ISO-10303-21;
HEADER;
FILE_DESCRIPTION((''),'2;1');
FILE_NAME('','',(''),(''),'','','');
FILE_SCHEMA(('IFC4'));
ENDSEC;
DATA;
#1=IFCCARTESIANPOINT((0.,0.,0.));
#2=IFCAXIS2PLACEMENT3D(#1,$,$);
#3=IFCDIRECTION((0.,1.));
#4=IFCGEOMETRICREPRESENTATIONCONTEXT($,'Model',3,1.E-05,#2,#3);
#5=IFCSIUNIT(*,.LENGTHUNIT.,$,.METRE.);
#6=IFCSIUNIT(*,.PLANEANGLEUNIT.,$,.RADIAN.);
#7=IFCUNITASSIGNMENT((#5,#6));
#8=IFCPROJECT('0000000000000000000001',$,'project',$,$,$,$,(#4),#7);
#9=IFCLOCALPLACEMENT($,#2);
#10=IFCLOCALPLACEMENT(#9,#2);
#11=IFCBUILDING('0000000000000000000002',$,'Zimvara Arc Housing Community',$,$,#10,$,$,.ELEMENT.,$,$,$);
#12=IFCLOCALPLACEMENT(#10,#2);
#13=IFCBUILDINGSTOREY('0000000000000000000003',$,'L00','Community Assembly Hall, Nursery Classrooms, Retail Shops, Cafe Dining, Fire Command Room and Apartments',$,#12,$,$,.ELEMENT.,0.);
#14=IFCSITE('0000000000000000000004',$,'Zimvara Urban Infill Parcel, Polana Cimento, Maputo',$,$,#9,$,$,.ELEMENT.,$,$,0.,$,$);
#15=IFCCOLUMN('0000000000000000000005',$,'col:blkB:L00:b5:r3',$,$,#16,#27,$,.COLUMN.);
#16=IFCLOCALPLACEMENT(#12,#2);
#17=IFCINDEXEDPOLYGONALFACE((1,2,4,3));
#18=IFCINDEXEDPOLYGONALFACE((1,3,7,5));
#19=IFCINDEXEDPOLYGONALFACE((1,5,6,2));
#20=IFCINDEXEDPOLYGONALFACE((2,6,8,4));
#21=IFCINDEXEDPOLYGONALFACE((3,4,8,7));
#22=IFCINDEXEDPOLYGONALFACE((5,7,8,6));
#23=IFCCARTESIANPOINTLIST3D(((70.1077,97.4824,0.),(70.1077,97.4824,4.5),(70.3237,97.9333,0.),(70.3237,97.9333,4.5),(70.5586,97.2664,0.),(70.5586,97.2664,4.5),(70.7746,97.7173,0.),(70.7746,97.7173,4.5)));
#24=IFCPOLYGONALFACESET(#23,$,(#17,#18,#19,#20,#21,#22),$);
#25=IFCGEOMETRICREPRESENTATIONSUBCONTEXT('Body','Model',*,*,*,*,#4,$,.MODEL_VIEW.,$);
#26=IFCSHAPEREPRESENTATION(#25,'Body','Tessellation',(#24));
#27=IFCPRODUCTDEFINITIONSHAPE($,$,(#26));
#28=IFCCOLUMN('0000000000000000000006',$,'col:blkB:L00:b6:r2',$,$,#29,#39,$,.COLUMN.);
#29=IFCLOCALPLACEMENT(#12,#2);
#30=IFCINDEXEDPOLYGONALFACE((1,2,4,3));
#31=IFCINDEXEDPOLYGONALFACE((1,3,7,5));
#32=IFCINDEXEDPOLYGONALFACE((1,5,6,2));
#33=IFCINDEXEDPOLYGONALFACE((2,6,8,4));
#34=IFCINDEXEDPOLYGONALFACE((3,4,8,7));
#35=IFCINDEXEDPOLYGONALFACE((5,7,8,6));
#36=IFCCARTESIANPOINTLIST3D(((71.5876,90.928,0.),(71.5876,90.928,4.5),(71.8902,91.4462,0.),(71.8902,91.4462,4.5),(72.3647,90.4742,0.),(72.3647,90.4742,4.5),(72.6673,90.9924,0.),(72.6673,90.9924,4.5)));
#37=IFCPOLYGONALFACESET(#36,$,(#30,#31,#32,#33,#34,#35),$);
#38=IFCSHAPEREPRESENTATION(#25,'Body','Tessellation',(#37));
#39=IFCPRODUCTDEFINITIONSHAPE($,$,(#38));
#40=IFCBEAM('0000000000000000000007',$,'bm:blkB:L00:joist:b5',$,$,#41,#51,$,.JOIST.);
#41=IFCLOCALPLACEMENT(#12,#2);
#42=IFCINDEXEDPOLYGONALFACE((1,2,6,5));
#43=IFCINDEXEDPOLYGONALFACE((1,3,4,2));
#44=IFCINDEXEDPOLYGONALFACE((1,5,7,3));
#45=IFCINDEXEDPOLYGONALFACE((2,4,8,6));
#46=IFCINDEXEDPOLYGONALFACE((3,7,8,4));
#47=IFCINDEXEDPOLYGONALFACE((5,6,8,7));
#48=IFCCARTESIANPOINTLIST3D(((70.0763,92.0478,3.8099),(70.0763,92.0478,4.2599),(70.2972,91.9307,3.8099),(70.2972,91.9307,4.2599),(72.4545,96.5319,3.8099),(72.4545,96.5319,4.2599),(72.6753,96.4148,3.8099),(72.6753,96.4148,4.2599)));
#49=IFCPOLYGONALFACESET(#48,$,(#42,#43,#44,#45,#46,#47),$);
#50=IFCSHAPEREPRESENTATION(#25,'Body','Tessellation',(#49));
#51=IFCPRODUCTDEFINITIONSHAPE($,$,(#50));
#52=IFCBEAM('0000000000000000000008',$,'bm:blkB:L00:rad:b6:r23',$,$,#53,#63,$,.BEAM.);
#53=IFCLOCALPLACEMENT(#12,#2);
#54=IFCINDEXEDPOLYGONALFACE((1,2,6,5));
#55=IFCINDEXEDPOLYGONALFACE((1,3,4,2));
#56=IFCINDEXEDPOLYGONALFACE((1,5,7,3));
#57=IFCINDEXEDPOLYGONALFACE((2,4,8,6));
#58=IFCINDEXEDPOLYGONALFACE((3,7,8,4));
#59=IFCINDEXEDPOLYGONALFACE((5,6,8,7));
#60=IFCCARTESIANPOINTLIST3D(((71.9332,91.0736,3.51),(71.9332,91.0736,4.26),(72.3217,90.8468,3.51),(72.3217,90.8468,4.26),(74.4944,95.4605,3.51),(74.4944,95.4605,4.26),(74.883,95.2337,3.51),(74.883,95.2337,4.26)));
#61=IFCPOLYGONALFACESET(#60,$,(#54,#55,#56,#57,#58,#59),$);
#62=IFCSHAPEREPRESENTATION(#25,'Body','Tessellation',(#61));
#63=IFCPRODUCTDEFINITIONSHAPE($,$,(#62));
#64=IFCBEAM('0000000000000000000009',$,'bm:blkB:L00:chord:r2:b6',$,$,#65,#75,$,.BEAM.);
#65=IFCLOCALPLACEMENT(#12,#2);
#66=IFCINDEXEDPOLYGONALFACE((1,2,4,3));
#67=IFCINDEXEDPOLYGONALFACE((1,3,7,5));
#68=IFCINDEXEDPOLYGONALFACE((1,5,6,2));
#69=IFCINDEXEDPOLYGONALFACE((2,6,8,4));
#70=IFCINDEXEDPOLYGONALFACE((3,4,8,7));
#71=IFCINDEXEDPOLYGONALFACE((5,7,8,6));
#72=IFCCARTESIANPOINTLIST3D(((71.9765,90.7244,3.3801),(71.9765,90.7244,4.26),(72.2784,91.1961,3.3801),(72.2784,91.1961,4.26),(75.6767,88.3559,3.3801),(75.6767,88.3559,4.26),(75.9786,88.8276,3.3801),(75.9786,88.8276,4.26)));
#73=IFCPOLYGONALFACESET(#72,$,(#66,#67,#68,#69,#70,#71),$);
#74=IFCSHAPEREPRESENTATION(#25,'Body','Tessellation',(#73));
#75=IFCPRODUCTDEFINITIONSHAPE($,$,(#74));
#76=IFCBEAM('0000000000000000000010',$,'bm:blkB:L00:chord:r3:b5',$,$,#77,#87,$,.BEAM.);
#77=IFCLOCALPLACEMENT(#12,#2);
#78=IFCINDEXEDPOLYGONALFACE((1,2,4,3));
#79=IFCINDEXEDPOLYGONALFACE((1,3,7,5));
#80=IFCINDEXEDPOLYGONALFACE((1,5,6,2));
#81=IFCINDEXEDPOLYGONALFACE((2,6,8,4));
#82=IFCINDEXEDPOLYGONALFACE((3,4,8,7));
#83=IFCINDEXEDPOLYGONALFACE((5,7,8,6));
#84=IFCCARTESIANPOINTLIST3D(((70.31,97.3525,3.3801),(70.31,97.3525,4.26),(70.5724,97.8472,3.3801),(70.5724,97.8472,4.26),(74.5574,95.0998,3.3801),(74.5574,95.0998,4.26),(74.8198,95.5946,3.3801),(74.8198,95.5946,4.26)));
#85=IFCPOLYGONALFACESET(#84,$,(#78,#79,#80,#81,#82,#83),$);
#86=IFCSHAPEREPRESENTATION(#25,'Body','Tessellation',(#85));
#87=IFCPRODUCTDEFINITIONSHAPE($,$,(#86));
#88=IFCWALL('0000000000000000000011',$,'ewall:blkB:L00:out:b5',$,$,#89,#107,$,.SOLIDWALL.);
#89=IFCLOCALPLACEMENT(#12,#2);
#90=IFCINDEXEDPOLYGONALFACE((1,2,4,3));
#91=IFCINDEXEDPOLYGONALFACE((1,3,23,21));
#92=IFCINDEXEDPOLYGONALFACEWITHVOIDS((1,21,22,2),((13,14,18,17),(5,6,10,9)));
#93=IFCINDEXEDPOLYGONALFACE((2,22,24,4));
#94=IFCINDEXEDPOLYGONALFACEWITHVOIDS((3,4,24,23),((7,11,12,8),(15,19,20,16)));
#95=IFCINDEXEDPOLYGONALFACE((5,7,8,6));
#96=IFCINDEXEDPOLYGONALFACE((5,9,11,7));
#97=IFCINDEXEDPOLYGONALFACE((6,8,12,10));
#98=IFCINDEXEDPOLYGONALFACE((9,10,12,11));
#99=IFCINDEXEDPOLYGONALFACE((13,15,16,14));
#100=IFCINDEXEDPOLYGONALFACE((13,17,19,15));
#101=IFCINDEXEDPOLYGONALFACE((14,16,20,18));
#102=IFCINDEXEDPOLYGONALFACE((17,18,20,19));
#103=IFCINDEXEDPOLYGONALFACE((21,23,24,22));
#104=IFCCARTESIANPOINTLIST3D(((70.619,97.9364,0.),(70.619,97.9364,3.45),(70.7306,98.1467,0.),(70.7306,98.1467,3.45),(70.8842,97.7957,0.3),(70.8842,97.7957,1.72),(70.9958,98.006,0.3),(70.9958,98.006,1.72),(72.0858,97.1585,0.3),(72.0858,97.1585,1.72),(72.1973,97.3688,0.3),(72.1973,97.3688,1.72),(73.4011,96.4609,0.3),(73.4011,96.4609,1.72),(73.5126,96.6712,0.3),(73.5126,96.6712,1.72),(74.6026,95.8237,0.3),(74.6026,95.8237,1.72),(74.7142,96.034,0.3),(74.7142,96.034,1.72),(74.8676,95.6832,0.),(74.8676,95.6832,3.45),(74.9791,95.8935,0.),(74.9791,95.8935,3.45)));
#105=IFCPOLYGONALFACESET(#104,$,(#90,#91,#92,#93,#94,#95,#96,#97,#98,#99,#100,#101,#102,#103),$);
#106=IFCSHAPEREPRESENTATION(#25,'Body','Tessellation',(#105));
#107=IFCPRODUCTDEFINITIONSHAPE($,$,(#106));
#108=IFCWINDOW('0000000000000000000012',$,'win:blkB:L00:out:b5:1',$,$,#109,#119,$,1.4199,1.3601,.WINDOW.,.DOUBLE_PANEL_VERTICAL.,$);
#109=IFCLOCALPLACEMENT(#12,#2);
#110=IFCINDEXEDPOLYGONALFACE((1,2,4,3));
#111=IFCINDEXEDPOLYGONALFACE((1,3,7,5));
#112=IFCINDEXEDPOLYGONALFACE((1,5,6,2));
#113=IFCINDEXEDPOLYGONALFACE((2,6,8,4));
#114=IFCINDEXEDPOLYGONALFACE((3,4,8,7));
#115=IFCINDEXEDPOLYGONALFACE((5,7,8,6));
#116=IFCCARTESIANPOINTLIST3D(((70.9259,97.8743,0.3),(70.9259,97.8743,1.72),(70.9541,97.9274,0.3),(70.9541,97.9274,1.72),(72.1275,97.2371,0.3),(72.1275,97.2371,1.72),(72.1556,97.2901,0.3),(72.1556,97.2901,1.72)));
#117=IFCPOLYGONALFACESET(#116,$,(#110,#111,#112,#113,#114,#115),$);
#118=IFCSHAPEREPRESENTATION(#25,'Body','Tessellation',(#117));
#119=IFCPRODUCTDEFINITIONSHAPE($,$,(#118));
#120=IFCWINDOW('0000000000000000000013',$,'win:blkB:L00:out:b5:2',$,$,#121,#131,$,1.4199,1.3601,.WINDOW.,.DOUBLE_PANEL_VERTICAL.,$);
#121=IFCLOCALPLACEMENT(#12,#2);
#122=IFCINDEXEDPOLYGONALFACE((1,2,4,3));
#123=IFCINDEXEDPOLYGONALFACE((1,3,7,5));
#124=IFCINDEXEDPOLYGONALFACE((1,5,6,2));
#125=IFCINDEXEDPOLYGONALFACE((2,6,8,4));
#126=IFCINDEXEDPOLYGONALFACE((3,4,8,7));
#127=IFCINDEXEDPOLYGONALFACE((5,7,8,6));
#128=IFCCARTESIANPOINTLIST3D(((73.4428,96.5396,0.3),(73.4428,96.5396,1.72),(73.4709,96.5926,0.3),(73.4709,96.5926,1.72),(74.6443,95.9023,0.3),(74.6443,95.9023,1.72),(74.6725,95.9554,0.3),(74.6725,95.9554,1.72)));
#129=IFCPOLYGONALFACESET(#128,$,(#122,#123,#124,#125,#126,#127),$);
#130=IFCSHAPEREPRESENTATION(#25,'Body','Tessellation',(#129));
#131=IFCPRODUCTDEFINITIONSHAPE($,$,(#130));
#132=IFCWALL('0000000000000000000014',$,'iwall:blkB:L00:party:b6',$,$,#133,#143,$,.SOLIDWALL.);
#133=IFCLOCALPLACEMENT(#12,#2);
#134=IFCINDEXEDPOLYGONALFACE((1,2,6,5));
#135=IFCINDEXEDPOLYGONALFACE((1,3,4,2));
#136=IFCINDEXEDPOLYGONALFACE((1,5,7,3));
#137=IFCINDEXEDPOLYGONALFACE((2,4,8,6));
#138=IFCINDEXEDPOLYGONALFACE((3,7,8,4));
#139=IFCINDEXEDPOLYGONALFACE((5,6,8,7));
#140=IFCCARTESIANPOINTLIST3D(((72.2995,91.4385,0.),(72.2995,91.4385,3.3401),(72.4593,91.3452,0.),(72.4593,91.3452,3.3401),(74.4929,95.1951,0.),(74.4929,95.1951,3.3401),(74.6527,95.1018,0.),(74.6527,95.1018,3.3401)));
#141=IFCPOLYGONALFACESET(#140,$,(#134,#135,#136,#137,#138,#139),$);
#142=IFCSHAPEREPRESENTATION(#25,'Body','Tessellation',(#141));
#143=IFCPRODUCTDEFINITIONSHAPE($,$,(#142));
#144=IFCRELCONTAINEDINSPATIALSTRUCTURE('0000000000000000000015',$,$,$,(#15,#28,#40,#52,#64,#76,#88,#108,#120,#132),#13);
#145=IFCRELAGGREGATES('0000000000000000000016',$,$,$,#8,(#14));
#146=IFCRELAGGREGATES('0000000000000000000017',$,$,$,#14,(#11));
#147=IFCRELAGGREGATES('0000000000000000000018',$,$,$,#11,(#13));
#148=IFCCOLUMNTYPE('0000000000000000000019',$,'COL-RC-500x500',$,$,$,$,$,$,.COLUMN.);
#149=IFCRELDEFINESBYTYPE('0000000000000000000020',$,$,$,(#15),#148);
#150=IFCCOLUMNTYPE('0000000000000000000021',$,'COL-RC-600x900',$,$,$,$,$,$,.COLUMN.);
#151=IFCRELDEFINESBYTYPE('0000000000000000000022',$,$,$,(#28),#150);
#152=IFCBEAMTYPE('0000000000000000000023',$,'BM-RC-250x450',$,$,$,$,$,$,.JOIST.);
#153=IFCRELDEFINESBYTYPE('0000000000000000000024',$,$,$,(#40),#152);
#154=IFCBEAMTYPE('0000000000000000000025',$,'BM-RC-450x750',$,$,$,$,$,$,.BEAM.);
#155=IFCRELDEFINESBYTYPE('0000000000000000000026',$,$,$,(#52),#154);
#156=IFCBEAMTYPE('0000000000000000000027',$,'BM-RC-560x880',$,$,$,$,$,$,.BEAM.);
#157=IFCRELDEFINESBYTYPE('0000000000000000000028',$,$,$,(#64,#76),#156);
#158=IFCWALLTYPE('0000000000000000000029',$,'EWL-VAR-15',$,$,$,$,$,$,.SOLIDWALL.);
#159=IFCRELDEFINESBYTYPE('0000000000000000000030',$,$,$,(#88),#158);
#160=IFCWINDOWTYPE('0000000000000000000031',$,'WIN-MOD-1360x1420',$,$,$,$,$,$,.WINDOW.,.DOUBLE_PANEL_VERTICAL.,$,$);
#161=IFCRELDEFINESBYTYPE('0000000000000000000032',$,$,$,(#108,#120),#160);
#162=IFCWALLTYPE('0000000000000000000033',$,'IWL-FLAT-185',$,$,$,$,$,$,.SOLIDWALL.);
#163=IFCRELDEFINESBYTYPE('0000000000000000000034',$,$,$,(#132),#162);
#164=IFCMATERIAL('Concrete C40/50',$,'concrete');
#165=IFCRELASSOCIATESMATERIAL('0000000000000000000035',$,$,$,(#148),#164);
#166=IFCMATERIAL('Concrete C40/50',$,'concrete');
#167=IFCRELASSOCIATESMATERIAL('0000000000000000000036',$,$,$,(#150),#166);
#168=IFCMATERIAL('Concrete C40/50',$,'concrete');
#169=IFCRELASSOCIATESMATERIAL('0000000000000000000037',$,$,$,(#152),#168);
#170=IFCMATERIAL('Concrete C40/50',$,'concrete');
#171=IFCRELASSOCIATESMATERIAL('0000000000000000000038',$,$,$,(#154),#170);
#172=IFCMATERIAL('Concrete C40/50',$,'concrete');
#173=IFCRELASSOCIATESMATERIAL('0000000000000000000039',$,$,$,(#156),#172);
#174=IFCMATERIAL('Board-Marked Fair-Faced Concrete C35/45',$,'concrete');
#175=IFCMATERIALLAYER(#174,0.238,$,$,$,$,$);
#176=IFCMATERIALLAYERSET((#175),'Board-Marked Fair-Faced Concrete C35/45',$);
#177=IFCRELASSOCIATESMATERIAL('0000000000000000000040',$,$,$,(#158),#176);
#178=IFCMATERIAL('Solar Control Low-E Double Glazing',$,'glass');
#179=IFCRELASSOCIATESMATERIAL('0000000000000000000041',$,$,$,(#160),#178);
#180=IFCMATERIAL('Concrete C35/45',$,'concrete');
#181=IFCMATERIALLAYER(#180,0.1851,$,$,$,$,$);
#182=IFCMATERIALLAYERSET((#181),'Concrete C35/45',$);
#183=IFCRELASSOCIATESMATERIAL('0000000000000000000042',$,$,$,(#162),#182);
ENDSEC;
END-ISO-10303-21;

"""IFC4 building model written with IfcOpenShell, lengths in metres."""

from ifc_helpers import new_model, si_unit, direction, frame, frame_2d, origin, origin_2d, place, context, subcontext, project, spatial, rectangle, extrude, material, layer, layer_set, material_profile, profile_set, type_object, element, fill, save


model = new_model("IFC4")

# Units and contexts
model_context = context("Model", 3, precision=1e-05, world=origin(), true_north=direction((0.0, 1.0)))
body_context = subcontext(model_context, "Body", "Model", "MODEL_VIEW")
ifc_project = project(units=[si_unit("LENGTHUNIT", "METRE"), si_unit("PLANEANGLEUNIT", "RADIAN")], contexts=[model_context])

# Site, building, storey
site_placement = place(None, origin())
site = spatial("IfcSite", under=ifc_project, at=site_placement, Name="Zimvara Urban Infill Parcel, Polana Cimento, Maputo", CompositionType="ELEMENT", RefElevation=0.0)
building_placement = place(site_placement, origin())
building = spatial("IfcBuilding", under=site, at=building_placement, Name="Zimvara Arc Housing Community", CompositionType="ELEMENT")
storey_placement = place(building_placement, origin())
storey = spatial("IfcBuildingStorey", under=building, at=storey_placement, Name="L00", Description="Community Assembly Hall, Nursery Classrooms, Retail Shops, Cafe Dining, Fire Command Room and Apartments", CompositionType="ELEMENT", Elevation=0.0)

# Columns
ifc_material_1 = material(Name="Concrete C40/50", Category="concrete")
ifc_material_profile_1 = material_profile(ifc_material_1, rectangle(XDim=0.5, YDim=0.5, at=origin_2d()), Name="RC 500x500")
ifc_profile_set_1 = profile_set([ifc_material_profile_1], Name="Concrete C40/50")
column_type_1 = type_object("IfcColumnType", Name="COL-RC-500x500", PredefinedType="COLUMN", material=ifc_profile_set_1)
column_1_placement = place(storey_placement, frame((70.4412, 97.5999, 0.0), z_axis=(0.0, 0.0, 1.0), x_axis=(0.432086, 0.901833, 0.0)))
element("IfcColumn", 1, at=column_1_placement, inside=storey, type_object=column_type_1, Name="col:blkB:L00:b5:r3", PredefinedType="COLUMN", context=body_context, shape_type="SweptSolid", body=[
    extrude(rectangle(XDim=0.5, YDim=0.5, at=origin_2d()), origin(), (0.0, 0.0, 1.0), 4.5),
])
ifc_material_2 = material(Name="Concrete C40/50", Category="concrete")
ifc_material_profile_2 = material_profile(ifc_material_2, rectangle(XDim=0.6001, YDim=0.8999, at=origin_2d()), Name="RC 600x900")
ifc_profile_set_2 = profile_set([ifc_material_profile_2], Name="Concrete C40/50")
column_type_2 = type_object("IfcColumnType", Name="COL-RC-600x900", PredefinedType="COLUMN", material=ifc_profile_set_2)
column_2_placement = place(storey_placement, frame((72.1274, 90.9602, 0.0), z_axis=(0.0, 0.0, 1.0), x_axis=(0.504226, 0.863572, 0.0)))
element("IfcColumn", 2, at=column_2_placement, inside=storey, type_object=column_type_2, Name="col:blkB:L00:b6:r2", PredefinedType="COLUMN", context=body_context, shape_type="SweptSolid", body=[
    extrude(rectangle(XDim=0.6001, YDim=0.8999, at=origin_2d()), origin(), (0.0, 0.0, 1.0), 4.5),
])

# Beams
ifc_material_3 = material(Name="Concrete C40/50", Category="concrete")
ifc_material_profile_3 = material_profile(ifc_material_3, rectangle(XDim=0.25, YDim=0.45, at=origin_2d()), Name="RC 250x450")
ifc_profile_set_3 = profile_set([ifc_material_profile_3], Name="Concrete C40/50")
beam_type_1 = type_object("IfcBeamType", Name="BM-RC-250x450", PredefinedType="JOIST", material=ifc_profile_set_3)
beam_1_placement = place(storey_placement, frame((70.1868, 91.9893, 4.0349), z_axis=(0.468537, 0.883444, 0.0), x_axis=(-0.883444, 0.468537, 0.0)))
element("IfcBeam", 3, at=beam_1_placement, inside=storey, type_object=beam_type_1, Name="bm:blkB:L00:joist:b5", PredefinedType="JOIST", context=body_context, shape_type="SweptSolid", body=[
    extrude(rectangle(XDim=0.25, YDim=0.45, at=origin_2d()), origin(), (0.0, 0.0, 1.0), 5.0757),
])
ifc_material_4 = material(Name="Concrete C40/50", Category="concrete")
ifc_material_profile_4 = material_profile(ifc_material_4, rectangle(XDim=0.45, YDim=0.75, at=origin_2d()), Name="RC 450x750")
ifc_profile_set_4 = profile_set([ifc_material_profile_4], Name="Concrete C40/50")
beam_type_2 = type_object("IfcBeamType", Name="BM-RC-450x750", PredefinedType="BEAM", material=ifc_profile_set_4)
beam_2_placement = place(storey_placement, frame((72.1274, 90.9602, 3.885), z_axis=(0.504197, 0.863589, 0.0), x_axis=(-0.863589, 0.504197, 0.0)))
element("IfcBeam", 4, at=beam_2_placement, inside=storey, type_object=beam_type_2, Name="bm:blkB:L00:rad:b6:r23", PredefinedType="BEAM", context=body_context, shape_type="SweptSolid", body=[
    extrude(rectangle(XDim=0.45, YDim=0.75, at=origin_2d()), origin(), (0.0, 0.0, 1.0), 5.0798),
])
ifc_material_5 = material(Name="Concrete C40/50", Category="concrete")
ifc_material_profile_5 = material_profile(ifc_material_5, rectangle(XDim=0.5601, YDim=0.8799, at=origin_2d()), Name="RC 560x880")
ifc_profile_set_5 = profile_set([ifc_material_profile_5], Name="Concrete C40/50")
beam_type_3 = type_object("IfcBeamType", Name="BM-RC-560x880", PredefinedType="BEAM", material=ifc_profile_set_5)
beam_3_placement = place(storey_placement, frame((72.1274, 90.9602, 3.8201), z_axis=(0.842242, -0.539099, 0.0), x_axis=(0.539099, 0.842242, 0.0)))
element("IfcBeam", 5, at=beam_3_placement, inside=storey, type_object=beam_type_3, Name="bm:blkB:L00:chord:r2:b6", PredefinedType="BEAM", context=body_context, shape_type="SweptSolid", body=[
    extrude(rectangle(XDim=0.5601, YDim=0.8799, at=origin_2d()), origin(), (0.0, 0.0, 1.0), 4.3933),
])
beam_4_placement = place(storey_placement, frame((70.4412, 97.5999, 3.8201), z_axis=(0.883446, -0.468534, 0.0), x_axis=(0.468534, 0.883446, 0.0)))
element("IfcBeam", 6, at=beam_4_placement, inside=storey, type_object=beam_type_3, Name="bm:blkB:L00:chord:r3:b5", PredefinedType="BEAM", context=body_context, shape_type="SweptSolid", body=[
    extrude(rectangle(XDim=0.5601, YDim=0.8799, at=origin_2d()), origin(), (0.0, 0.0, 1.0), 4.8079),
])

# Wall, openings, windows
ifc_material_6 = material(Name="Board-Marked Fair-Faced Concrete C35/45", Category="concrete")
ifc_layer_1 = layer(ifc_material_6, 0.238)
ifc_layer_set_1 = layer_set([ifc_layer_1], Name="Board-Marked Fair-Faced Concrete C35/45")
wall_type_1 = type_object("IfcWallType", Name="EWL-VAR-15", PredefinedType="SOLIDWALL", material=ifc_layer_set_1)
wall_1_placement = place(storey_placement, frame((70.6748, 98.0415, 0.0), z_axis=(0.0, 0.0, 1.0), x_axis=(0.883448, -0.468529, 0.0)))
wall_1 = element("IfcWall", 7, at=wall_1_placement, inside=storey, type_object=wall_type_1, Name="ewall:blkB:L00:out:b5", PredefinedType="SOLIDWALL", context=body_context, shape_type="SweptSolid", body=[
    extrude(rectangle(XDim=4.8091, YDim=0.238, at=frame_2d((2.4045, 0.0))), origin(), (0.0, 0.0, 1.0), 3.45),
])
opening_1_placement = place(wall_1_placement, frame((0.3, 0.0, 0.3)))
opening_1 = element("IfcOpeningElement", 8, at=opening_1_placement, cuts=wall_1, PredefinedType="OPENING", context=body_context, shape_type="SweptSolid", body=[
    extrude(rectangle(XDim=1.3601, YDim=1.4199, at=frame_2d((0.6802, 0.71))), frame((0.0, 0.1289, 0.0), z_axis=(0.0, -1.0, 0.0), x_axis=(1.0, 0.0, 0.0)), (0.0, 0.0, 1.0), 0.2581),
])
opening_2_placement = place(wall_1_placement, frame((3.1489, 0.0, 0.3)))
opening_2 = element("IfcOpeningElement", 9, at=opening_2_placement, cuts=wall_1, PredefinedType="OPENING", context=body_context, shape_type="SweptSolid", body=[
    extrude(rectangle(XDim=1.3601, YDim=1.4199, at=frame_2d((0.6802, 0.71))), frame((0.0, 0.1289, 0.0), z_axis=(0.0, -1.0, 0.0), x_axis=(1.0, 0.0, 0.0)), (0.0, 0.0, 1.0), 0.2581),
])
ifc_material_7 = material(Name="Solar Control Low-E Double Glazing", Category="glass")
window_type = type_object("IfcWindowType", Name="WIN-MOD-1360x1420", PartitioningType="DOUBLE_PANEL_VERTICAL", PredefinedType="WINDOW", material=ifc_material_7)
window_1_placement = place(opening_1_placement, origin())
window_1 = element("IfcWindow", 10, at=window_1_placement, inside=storey, type_object=window_type, Name="win:blkB:L00:out:b5:1", OverallHeight=1.4199, OverallWidth=1.3601, PartitioningType="DOUBLE_PANEL_VERTICAL", PredefinedType="WINDOW", context=body_context, shape_type="SweptSolid", body=[
    extrude(rectangle(XDim=1.3601, YDim=1.4199, at=frame_2d((0.6802, 0.71))), frame((0.0, 0.03, 0.0), z_axis=(0.0, -1.0, 0.0), x_axis=(1.0, 0.0, 0.0)), (0.0, 0.0, 1.0), 0.0601),
])
fill(opening_1, window_1)
window_2_placement = place(opening_2_placement, origin())
window_2 = element("IfcWindow", 11, at=window_2_placement, inside=storey, type_object=window_type, Name="win:blkB:L00:out:b5:2", OverallHeight=1.4199, OverallWidth=1.3601, PartitioningType="DOUBLE_PANEL_VERTICAL", PredefinedType="WINDOW", context=body_context, shape_type="SweptSolid", body=[
    extrude(rectangle(XDim=1.3601, YDim=1.4199, at=frame_2d((0.6802, 0.71))), frame((0.0, 0.03, 0.0), z_axis=(0.0, -1.0, 0.0), x_axis=(1.0, 0.0, 0.0)), (0.0, 0.0, 1.0), 0.0601),
])
fill(opening_2, window_2)

# Wall
ifc_material_8 = material(Name="Concrete C35/45", Category="concrete")
ifc_layer_2 = layer(ifc_material_8, 0.1851)
ifc_layer_set_2 = layer_set([ifc_layer_2], Name="Concrete C35/45")
wall_type_2 = type_object("IfcWallType", Name="IWL-FLAT-185", PredefinedType="SOLIDWALL", material=ifc_layer_set_2)
wall_2_placement = place(storey_placement, frame((72.3794, 91.3918, 0.0), z_axis=(0.0, 0.0, 1.0), x_axis=(0.504216, 0.863577, 0.0)))
element("IfcWall", 12, at=wall_2_placement, inside=storey, type_object=wall_type_2, Name="iwall:blkB:L00:party:b6", PredefinedType="SOLIDWALL", context=body_context, shape_type="SweptSolid", body=[
    extrude(rectangle(XDim=4.3501, YDim=0.1851, at=frame_2d((2.175, 0.0))), origin(), (0.0, 0.0, 1.0), 3.3401),
])

save(model, "model.ifc")
